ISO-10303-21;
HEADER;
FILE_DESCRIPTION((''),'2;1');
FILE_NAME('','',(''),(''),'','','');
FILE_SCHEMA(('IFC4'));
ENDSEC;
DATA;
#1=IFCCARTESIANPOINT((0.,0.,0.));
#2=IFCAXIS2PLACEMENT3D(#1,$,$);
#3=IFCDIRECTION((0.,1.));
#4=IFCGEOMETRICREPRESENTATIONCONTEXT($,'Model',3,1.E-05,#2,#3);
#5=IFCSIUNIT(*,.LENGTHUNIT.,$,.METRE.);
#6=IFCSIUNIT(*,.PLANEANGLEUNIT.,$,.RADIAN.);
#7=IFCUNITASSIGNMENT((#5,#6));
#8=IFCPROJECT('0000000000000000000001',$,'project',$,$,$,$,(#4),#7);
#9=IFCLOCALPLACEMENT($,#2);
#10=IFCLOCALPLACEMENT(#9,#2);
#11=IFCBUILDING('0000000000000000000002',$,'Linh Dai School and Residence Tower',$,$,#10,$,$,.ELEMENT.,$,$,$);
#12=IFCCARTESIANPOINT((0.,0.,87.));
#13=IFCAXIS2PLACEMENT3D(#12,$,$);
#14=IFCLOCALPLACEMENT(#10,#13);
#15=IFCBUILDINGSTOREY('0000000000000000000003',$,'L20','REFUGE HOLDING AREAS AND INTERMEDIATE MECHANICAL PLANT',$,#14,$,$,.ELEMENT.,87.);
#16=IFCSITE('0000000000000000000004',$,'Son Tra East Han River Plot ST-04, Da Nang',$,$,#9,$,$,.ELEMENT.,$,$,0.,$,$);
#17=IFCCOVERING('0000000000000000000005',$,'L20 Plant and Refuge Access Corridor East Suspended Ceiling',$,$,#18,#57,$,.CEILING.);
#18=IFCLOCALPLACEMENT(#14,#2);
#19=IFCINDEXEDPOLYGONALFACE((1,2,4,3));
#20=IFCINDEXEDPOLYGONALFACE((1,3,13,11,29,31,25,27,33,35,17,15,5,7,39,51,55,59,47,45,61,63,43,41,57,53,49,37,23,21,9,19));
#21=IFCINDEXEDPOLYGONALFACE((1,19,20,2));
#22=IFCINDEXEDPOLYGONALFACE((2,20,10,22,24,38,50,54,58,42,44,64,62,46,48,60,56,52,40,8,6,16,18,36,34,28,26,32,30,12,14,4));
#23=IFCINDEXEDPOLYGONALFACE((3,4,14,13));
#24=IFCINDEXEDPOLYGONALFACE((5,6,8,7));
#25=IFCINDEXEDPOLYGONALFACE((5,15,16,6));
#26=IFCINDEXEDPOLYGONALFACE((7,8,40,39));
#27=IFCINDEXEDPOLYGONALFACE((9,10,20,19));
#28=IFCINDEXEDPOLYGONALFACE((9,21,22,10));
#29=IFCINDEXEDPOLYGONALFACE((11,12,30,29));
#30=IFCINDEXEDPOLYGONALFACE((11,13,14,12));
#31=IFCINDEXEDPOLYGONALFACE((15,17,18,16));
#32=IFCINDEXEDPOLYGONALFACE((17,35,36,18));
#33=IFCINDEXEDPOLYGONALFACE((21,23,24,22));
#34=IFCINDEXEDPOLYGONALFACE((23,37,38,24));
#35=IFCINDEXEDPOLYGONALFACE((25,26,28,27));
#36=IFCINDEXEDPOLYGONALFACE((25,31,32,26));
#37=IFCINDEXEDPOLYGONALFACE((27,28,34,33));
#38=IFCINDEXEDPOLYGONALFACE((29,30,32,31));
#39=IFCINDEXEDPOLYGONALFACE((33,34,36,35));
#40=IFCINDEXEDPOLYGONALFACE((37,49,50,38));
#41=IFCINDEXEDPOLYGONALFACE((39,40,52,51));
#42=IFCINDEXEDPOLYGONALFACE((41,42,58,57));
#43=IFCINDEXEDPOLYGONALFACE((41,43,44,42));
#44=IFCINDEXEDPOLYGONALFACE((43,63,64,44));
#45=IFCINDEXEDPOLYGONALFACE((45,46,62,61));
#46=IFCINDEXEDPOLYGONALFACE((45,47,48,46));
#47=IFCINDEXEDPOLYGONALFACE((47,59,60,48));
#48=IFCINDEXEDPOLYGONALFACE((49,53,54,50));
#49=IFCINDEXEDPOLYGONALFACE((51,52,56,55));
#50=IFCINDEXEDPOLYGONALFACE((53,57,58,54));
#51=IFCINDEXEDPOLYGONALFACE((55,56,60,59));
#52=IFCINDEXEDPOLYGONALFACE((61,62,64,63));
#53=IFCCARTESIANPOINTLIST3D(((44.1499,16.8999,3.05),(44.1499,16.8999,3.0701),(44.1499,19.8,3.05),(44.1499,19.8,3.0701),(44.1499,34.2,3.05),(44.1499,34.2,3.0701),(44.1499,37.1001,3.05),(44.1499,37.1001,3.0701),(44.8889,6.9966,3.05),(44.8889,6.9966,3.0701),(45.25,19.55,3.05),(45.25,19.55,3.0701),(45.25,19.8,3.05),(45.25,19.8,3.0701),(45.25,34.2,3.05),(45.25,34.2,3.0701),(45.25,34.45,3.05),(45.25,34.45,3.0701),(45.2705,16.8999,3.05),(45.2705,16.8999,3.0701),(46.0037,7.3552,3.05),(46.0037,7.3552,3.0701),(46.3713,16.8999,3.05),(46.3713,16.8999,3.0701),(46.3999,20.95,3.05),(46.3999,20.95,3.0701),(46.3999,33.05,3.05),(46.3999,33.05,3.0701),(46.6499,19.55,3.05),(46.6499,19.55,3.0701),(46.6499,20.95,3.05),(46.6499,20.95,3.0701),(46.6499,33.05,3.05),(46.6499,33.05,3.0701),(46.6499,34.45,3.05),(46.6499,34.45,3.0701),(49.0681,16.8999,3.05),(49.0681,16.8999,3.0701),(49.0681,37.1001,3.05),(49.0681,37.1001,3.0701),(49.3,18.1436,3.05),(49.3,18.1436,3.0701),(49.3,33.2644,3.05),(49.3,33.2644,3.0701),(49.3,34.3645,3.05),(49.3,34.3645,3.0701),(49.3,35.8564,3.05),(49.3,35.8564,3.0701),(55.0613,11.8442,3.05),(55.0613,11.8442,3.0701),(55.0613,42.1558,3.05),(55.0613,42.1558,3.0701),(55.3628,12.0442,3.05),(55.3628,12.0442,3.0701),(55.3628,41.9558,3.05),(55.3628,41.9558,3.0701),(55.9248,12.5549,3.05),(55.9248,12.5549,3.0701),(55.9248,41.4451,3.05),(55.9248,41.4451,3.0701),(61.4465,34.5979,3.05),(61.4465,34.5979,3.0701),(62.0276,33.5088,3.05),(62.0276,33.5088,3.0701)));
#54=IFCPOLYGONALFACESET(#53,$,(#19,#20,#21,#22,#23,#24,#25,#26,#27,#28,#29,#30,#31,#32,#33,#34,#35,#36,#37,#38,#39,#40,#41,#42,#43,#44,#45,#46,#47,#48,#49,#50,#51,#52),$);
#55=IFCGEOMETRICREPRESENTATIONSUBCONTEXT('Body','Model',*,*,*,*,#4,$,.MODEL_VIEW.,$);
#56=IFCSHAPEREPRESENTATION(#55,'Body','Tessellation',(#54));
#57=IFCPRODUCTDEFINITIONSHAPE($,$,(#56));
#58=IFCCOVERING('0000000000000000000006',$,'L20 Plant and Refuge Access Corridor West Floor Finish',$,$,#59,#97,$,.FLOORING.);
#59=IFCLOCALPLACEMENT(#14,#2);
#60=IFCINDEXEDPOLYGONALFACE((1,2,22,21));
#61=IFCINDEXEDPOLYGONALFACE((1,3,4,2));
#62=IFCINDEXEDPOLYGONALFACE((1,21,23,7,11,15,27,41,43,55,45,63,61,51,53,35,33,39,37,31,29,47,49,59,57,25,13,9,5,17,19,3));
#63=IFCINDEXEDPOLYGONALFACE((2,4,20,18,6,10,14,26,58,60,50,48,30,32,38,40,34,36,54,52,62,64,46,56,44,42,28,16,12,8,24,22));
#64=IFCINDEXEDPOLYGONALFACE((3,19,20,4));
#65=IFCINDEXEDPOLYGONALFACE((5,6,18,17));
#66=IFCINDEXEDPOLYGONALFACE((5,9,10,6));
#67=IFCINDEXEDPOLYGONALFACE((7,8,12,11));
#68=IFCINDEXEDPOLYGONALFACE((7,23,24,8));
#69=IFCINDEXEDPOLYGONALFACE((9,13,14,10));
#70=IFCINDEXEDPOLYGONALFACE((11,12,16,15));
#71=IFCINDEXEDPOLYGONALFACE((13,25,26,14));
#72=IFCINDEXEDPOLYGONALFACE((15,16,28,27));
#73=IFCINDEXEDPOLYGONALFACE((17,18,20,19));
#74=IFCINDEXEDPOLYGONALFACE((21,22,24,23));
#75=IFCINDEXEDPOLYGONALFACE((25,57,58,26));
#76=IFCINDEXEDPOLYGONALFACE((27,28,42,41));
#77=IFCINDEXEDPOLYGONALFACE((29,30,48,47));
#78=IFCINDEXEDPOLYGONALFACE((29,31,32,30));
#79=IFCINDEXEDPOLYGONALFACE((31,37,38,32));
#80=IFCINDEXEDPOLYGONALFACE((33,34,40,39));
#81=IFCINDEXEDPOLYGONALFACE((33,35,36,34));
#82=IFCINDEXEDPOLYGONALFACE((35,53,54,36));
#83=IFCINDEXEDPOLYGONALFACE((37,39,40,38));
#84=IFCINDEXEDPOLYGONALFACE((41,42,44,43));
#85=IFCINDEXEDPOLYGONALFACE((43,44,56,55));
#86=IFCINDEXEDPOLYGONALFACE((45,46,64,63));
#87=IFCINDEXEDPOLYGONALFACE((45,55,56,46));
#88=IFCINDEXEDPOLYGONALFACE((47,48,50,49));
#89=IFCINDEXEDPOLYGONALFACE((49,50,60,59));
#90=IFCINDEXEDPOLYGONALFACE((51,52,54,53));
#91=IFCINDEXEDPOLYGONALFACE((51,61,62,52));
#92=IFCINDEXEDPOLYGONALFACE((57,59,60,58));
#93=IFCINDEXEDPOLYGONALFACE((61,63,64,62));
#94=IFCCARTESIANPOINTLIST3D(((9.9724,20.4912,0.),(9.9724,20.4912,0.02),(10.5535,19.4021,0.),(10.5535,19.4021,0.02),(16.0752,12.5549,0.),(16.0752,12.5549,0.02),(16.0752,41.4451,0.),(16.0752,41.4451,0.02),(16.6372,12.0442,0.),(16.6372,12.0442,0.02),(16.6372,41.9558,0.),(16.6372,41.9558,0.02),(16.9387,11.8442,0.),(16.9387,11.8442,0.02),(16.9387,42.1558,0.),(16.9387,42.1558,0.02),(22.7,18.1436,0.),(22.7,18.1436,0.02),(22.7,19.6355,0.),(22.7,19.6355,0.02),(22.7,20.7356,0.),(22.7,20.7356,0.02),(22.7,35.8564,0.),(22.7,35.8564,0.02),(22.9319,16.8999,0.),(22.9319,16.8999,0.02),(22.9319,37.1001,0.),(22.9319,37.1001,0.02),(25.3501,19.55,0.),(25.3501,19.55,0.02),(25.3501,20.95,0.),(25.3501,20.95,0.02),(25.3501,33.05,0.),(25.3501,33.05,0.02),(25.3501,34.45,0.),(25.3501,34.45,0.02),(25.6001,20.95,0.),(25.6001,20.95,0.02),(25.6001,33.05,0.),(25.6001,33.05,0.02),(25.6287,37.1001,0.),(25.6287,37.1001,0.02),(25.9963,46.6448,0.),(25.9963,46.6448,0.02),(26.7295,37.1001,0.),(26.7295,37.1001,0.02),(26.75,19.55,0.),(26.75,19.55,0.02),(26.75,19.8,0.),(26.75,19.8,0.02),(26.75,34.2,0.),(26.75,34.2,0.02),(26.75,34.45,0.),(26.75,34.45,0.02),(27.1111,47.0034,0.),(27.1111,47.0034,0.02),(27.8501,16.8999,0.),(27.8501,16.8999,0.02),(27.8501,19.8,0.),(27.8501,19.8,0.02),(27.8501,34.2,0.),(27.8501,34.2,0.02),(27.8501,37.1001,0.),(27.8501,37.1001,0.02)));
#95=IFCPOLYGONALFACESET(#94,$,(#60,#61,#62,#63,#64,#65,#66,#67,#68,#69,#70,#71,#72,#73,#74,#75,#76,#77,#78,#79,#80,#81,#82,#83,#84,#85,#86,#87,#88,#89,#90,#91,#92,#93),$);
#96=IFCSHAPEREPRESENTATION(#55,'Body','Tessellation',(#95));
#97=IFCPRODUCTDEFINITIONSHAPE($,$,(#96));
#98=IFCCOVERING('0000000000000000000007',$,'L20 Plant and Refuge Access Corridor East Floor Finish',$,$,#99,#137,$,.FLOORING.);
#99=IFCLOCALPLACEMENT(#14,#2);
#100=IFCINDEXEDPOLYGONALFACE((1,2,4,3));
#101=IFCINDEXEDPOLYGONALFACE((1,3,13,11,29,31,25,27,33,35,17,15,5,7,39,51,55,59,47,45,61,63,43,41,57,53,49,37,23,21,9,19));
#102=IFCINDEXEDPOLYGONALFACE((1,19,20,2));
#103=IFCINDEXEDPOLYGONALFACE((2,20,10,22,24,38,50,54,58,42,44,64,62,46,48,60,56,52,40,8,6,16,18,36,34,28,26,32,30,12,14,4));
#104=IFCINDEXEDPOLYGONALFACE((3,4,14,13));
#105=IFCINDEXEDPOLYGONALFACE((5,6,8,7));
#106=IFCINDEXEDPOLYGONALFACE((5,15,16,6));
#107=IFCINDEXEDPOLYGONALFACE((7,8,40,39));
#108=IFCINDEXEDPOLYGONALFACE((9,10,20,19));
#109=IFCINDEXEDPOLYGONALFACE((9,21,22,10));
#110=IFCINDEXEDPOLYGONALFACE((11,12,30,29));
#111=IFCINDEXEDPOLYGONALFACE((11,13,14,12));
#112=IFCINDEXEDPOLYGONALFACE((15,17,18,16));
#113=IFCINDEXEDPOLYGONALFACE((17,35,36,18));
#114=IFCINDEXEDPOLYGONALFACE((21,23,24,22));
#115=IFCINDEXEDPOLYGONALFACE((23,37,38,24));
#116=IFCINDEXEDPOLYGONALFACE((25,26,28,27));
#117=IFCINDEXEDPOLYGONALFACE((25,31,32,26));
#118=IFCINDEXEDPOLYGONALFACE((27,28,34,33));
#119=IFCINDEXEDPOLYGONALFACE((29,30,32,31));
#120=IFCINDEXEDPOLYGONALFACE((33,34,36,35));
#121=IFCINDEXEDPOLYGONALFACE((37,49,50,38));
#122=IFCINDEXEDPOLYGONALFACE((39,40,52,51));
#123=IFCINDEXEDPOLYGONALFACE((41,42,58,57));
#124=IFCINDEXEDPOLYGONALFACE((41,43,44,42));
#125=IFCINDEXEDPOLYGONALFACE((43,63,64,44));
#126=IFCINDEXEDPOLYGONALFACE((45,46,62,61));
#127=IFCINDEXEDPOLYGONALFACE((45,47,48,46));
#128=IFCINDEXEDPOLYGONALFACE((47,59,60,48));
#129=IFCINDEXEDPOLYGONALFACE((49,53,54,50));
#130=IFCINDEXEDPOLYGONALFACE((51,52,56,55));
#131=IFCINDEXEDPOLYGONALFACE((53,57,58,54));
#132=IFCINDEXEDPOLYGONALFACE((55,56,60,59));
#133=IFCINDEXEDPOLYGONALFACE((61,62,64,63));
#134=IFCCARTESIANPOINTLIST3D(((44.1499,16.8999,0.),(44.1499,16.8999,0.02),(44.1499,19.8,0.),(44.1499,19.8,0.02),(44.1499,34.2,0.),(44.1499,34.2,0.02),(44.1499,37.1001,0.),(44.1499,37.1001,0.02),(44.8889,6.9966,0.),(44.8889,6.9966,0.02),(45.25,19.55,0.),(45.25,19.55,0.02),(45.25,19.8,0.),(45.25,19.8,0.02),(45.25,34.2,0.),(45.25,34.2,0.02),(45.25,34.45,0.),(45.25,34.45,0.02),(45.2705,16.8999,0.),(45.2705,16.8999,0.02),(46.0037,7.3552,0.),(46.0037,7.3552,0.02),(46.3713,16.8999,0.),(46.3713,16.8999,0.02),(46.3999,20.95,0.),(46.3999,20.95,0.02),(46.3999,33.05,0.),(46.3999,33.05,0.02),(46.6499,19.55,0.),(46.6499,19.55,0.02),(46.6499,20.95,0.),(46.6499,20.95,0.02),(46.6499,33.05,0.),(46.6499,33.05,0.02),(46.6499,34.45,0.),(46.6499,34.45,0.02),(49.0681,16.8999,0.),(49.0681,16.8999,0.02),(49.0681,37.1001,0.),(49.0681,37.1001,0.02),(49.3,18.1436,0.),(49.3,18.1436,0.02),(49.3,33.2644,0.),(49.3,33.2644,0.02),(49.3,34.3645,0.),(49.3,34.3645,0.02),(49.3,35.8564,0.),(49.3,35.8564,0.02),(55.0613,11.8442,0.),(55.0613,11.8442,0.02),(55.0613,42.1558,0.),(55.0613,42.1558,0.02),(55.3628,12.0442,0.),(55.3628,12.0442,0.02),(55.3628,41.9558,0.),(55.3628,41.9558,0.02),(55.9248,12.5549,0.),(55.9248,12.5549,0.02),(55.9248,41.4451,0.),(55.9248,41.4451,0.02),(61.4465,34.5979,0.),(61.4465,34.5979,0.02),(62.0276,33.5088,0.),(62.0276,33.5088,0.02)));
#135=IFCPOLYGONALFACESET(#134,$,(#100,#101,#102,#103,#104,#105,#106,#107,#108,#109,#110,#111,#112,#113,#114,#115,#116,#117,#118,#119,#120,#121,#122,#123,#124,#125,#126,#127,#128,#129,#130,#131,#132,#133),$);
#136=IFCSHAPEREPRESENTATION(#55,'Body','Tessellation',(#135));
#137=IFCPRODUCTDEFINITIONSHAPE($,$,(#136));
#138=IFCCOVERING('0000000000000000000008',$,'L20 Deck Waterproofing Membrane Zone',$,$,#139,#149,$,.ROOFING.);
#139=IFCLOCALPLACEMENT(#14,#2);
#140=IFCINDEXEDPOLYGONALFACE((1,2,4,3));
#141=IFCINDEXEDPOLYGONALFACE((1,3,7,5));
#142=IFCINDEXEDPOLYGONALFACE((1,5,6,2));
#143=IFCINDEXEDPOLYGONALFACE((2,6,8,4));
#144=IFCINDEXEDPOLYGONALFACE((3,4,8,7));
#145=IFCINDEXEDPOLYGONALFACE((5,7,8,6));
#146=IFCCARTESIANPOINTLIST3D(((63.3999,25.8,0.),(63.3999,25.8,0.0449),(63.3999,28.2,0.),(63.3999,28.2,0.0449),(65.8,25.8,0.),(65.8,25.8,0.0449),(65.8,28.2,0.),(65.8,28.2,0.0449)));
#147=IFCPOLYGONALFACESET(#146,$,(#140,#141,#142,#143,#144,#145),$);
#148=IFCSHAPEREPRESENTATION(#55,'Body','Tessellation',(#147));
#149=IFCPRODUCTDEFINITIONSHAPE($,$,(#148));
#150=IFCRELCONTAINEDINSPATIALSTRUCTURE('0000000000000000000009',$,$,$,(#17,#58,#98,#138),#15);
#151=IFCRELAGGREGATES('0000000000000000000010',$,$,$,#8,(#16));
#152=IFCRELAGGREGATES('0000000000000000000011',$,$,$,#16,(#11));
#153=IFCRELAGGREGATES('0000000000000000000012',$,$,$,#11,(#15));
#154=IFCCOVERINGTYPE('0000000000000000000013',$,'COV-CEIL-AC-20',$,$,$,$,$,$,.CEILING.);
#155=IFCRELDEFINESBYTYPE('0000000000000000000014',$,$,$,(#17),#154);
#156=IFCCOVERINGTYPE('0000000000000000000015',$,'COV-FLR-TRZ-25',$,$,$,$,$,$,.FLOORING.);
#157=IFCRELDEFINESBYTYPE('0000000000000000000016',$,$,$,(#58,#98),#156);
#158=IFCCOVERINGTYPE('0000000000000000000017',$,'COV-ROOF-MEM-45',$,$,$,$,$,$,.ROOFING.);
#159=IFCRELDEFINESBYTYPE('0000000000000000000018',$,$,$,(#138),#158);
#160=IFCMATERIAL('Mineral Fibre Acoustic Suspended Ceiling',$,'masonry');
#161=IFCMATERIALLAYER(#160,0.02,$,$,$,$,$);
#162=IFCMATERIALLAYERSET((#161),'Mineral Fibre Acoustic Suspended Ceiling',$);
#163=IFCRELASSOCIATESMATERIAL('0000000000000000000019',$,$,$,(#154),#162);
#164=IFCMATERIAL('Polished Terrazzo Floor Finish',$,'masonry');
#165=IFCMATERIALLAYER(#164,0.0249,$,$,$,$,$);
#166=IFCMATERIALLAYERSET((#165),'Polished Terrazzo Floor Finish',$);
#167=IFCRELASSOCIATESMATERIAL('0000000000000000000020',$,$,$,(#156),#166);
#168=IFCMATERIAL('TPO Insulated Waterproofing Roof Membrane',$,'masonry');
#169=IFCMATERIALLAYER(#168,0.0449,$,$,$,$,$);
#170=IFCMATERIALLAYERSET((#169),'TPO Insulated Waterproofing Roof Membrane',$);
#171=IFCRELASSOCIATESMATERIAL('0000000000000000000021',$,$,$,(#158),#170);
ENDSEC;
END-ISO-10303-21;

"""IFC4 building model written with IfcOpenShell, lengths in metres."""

from ifc_helpers import new_model, si_unit, direction, frame, origin, place, context, subcontext, project, spatial, polyline, outline, extrude, material, layer, layer_set, type_object, element, save


model = new_model("IFC4")

# Units and contexts
model_context = context("Model", 3, precision=1e-05, world=origin(), true_north=direction((0.0, 1.0)))
body_context = subcontext(model_context, "Body", "Model", "MODEL_VIEW")
ifc_project = project(units=[si_unit("LENGTHUNIT", "METRE"), si_unit("PLANEANGLEUNIT", "RADIAN")], contexts=[model_context])

# Site, building, storey
site_placement = place(None, origin())
site = spatial("IfcSite", under=ifc_project, at=site_placement, Name="Son Tra East Han River Plot ST-04, Da Nang", CompositionType="ELEMENT", RefElevation=0.0)
building_placement = place(site_placement, origin())
building = spatial("IfcBuilding", under=site, at=building_placement, Name="Linh Dai School and Residence Tower", CompositionType="ELEMENT")
storey_placement = place(building_placement, frame((0.0, 0.0, 87.0)))
storey = spatial("IfcBuildingStorey", under=building, at=storey_placement, Name="L20", Description="REFUGE HOLDING AREAS AND INTERMEDIATE MECHANICAL PLANT", CompositionType="ELEMENT", Elevation=87.0)

# Coverings
ifc_material_1 = material(Name="Mineral Fibre Acoustic Suspended Ceiling", Category="masonry")
ifc_layer_1 = layer(ifc_material_1, 0.02)
ifc_layer_set_1 = layer_set([ifc_layer_1], Name="Mineral Fibre Acoustic Suspended Ceiling")
covering_type_1 = type_object("IfcCoveringType", Name="COV-CEIL-AC-20", PredefinedType="CEILING", material=ifc_layer_set_1)
covering_1_placement = place(storey_placement, frame((0.0, 0.0, 3.05)))
element("IfcCovering", 1, at=covering_1_placement, inside=storey, type_object=covering_type_1, Name="L20 Plant and Refuge Access Corridor East Suspended Ceiling", PredefinedType="CEILING", context=body_context, shape_type="SweptSolid", body=[
    extrude(outline(polyline([(46.3713, 16.8999), (46.0037, 7.3552), (44.8889, 6.9966), (45.2705, 16.8999), (44.1499, 16.8999), (44.1499, 19.8), (45.25, 19.8), (45.25, 19.55), (46.6499, 19.55), (46.6499, 20.95), (46.3999, 20.95), (46.3999, 33.05), (46.6499, 33.05), (46.6499, 34.45), (45.25, 34.45), (45.25, 34.2), (44.1499, 34.2), (44.1499, 37.1001), (49.0681, 37.1001), (55.0613, 42.1558), (55.3628, 41.9558), (55.9248, 41.4451), (49.3, 35.8564), (49.3, 34.3645), (61.4465, 34.5979), (62.0276, 33.5088), (49.3, 33.2644), (49.3, 18.1436), (55.9248, 12.5549), (55.3628, 12.0442), (55.0613, 11.8442), (49.0681, 16.8999), (46.3713, 16.8999)])), origin(), (0.0, 0.0, 1.0), 0.02),
])
ifc_material_2 = material(Name="Polished Terrazzo Floor Finish", Category="masonry")
ifc_layer_2 = layer(ifc_material_2, 0.0249)
ifc_layer_set_2 = layer_set([ifc_layer_2], Name="Polished Terrazzo Floor Finish")
covering_type_2 = type_object("IfcCoveringType", Name="COV-FLR-TRZ-25", PredefinedType="FLOORING", material=ifc_layer_set_2)
covering_2_placement = place(storey_placement, origin())
element("IfcCovering", 2, at=covering_2_placement, inside=storey, type_object=covering_type_2, Name="L20 Plant and Refuge Access Corridor West Floor Finish", PredefinedType="FLOORING", context=body_context, shape_type="SweptSolid", body=[
    extrude(outline(polyline([(22.7, 20.7356), (22.7, 35.8564), (16.0752, 41.4451), (16.6372, 41.9558), (16.9387, 42.1558), (22.9319, 37.1001), (25.6287, 37.1001), (25.9963, 46.6448), (27.1111, 47.0034), (26.7295, 37.1001), (27.8501, 37.1001), (27.8501, 34.2), (26.75, 34.2), (26.75, 34.45), (25.3501, 34.45), (25.3501, 33.05), (25.6001, 33.05), (25.6001, 20.95), (25.3501, 20.95), (25.3501, 19.55), (26.75, 19.55), (26.75, 19.8), (27.8501, 19.8), (27.8501, 16.8999), (22.9319, 16.8999), (16.9387, 11.8442), (16.6372, 12.0442), (16.0752, 12.5549), (22.7, 18.1436), (22.7, 19.6355), (10.5535, 19.4021), (9.9724, 20.4912), (22.7, 20.7356)])), origin(), (0.0, 0.0, 1.0), 0.02),
])
covering_3_placement = place(storey_placement, origin())
element("IfcCovering", 3, at=covering_3_placement, inside=storey, type_object=covering_type_2, Name="L20 Plant and Refuge Access Corridor East Floor Finish", PredefinedType="FLOORING", context=body_context, shape_type="SweptSolid", body=[
    extrude(outline(polyline([(46.3713, 16.8999), (46.0037, 7.3552), (44.8889, 6.9966), (45.2705, 16.8999), (44.1499, 16.8999), (44.1499, 19.8), (45.25, 19.8), (45.25, 19.55), (46.6499, 19.55), (46.6499, 20.95), (46.3999, 20.95), (46.3999, 33.05), (46.6499, 33.05), (46.6499, 34.45), (45.25, 34.45), (45.25, 34.2), (44.1499, 34.2), (44.1499, 37.1001), (49.0681, 37.1001), (55.0613, 42.1558), (55.3628, 41.9558), (55.9248, 41.4451), (49.3, 35.8564), (49.3, 34.3645), (61.4465, 34.5979), (62.0276, 33.5088), (49.3, 33.2644), (49.3, 18.1436), (55.9248, 12.5549), (55.3628, 12.0442), (55.0613, 11.8442), (49.0681, 16.8999), (46.3713, 16.8999)])), origin(), (0.0, 0.0, 1.0), 0.02),
])
ifc_material_3 = material(Name="TPO Insulated Waterproofing Roof Membrane", Category="masonry")
ifc_layer_3 = layer(ifc_material_3, 0.0449)
ifc_layer_set_3 = layer_set([ifc_layer_3], Name="TPO Insulated Waterproofing Roof Membrane")
covering_type_3 = type_object("IfcCoveringType", Name="COV-ROOF-MEM-45", PredefinedType="ROOFING", material=ifc_layer_set_3)
covering_4_placement = place(storey_placement, origin())
element("IfcCovering", 4, at=covering_4_placement, inside=storey, type_object=covering_type_3, Name="L20 Deck Waterproofing Membrane Zone", PredefinedType="ROOFING", context=body_context, shape_type="SweptSolid", body=[
    extrude(outline(polyline([(63.3999, 25.8), (65.8, 25.8), (65.8, 28.2), (63.3999, 28.2), (63.3999, 25.8)])), origin(), (0.0, 0.0, 1.0), 0.0449),
])

save(model, "model.ifc")
